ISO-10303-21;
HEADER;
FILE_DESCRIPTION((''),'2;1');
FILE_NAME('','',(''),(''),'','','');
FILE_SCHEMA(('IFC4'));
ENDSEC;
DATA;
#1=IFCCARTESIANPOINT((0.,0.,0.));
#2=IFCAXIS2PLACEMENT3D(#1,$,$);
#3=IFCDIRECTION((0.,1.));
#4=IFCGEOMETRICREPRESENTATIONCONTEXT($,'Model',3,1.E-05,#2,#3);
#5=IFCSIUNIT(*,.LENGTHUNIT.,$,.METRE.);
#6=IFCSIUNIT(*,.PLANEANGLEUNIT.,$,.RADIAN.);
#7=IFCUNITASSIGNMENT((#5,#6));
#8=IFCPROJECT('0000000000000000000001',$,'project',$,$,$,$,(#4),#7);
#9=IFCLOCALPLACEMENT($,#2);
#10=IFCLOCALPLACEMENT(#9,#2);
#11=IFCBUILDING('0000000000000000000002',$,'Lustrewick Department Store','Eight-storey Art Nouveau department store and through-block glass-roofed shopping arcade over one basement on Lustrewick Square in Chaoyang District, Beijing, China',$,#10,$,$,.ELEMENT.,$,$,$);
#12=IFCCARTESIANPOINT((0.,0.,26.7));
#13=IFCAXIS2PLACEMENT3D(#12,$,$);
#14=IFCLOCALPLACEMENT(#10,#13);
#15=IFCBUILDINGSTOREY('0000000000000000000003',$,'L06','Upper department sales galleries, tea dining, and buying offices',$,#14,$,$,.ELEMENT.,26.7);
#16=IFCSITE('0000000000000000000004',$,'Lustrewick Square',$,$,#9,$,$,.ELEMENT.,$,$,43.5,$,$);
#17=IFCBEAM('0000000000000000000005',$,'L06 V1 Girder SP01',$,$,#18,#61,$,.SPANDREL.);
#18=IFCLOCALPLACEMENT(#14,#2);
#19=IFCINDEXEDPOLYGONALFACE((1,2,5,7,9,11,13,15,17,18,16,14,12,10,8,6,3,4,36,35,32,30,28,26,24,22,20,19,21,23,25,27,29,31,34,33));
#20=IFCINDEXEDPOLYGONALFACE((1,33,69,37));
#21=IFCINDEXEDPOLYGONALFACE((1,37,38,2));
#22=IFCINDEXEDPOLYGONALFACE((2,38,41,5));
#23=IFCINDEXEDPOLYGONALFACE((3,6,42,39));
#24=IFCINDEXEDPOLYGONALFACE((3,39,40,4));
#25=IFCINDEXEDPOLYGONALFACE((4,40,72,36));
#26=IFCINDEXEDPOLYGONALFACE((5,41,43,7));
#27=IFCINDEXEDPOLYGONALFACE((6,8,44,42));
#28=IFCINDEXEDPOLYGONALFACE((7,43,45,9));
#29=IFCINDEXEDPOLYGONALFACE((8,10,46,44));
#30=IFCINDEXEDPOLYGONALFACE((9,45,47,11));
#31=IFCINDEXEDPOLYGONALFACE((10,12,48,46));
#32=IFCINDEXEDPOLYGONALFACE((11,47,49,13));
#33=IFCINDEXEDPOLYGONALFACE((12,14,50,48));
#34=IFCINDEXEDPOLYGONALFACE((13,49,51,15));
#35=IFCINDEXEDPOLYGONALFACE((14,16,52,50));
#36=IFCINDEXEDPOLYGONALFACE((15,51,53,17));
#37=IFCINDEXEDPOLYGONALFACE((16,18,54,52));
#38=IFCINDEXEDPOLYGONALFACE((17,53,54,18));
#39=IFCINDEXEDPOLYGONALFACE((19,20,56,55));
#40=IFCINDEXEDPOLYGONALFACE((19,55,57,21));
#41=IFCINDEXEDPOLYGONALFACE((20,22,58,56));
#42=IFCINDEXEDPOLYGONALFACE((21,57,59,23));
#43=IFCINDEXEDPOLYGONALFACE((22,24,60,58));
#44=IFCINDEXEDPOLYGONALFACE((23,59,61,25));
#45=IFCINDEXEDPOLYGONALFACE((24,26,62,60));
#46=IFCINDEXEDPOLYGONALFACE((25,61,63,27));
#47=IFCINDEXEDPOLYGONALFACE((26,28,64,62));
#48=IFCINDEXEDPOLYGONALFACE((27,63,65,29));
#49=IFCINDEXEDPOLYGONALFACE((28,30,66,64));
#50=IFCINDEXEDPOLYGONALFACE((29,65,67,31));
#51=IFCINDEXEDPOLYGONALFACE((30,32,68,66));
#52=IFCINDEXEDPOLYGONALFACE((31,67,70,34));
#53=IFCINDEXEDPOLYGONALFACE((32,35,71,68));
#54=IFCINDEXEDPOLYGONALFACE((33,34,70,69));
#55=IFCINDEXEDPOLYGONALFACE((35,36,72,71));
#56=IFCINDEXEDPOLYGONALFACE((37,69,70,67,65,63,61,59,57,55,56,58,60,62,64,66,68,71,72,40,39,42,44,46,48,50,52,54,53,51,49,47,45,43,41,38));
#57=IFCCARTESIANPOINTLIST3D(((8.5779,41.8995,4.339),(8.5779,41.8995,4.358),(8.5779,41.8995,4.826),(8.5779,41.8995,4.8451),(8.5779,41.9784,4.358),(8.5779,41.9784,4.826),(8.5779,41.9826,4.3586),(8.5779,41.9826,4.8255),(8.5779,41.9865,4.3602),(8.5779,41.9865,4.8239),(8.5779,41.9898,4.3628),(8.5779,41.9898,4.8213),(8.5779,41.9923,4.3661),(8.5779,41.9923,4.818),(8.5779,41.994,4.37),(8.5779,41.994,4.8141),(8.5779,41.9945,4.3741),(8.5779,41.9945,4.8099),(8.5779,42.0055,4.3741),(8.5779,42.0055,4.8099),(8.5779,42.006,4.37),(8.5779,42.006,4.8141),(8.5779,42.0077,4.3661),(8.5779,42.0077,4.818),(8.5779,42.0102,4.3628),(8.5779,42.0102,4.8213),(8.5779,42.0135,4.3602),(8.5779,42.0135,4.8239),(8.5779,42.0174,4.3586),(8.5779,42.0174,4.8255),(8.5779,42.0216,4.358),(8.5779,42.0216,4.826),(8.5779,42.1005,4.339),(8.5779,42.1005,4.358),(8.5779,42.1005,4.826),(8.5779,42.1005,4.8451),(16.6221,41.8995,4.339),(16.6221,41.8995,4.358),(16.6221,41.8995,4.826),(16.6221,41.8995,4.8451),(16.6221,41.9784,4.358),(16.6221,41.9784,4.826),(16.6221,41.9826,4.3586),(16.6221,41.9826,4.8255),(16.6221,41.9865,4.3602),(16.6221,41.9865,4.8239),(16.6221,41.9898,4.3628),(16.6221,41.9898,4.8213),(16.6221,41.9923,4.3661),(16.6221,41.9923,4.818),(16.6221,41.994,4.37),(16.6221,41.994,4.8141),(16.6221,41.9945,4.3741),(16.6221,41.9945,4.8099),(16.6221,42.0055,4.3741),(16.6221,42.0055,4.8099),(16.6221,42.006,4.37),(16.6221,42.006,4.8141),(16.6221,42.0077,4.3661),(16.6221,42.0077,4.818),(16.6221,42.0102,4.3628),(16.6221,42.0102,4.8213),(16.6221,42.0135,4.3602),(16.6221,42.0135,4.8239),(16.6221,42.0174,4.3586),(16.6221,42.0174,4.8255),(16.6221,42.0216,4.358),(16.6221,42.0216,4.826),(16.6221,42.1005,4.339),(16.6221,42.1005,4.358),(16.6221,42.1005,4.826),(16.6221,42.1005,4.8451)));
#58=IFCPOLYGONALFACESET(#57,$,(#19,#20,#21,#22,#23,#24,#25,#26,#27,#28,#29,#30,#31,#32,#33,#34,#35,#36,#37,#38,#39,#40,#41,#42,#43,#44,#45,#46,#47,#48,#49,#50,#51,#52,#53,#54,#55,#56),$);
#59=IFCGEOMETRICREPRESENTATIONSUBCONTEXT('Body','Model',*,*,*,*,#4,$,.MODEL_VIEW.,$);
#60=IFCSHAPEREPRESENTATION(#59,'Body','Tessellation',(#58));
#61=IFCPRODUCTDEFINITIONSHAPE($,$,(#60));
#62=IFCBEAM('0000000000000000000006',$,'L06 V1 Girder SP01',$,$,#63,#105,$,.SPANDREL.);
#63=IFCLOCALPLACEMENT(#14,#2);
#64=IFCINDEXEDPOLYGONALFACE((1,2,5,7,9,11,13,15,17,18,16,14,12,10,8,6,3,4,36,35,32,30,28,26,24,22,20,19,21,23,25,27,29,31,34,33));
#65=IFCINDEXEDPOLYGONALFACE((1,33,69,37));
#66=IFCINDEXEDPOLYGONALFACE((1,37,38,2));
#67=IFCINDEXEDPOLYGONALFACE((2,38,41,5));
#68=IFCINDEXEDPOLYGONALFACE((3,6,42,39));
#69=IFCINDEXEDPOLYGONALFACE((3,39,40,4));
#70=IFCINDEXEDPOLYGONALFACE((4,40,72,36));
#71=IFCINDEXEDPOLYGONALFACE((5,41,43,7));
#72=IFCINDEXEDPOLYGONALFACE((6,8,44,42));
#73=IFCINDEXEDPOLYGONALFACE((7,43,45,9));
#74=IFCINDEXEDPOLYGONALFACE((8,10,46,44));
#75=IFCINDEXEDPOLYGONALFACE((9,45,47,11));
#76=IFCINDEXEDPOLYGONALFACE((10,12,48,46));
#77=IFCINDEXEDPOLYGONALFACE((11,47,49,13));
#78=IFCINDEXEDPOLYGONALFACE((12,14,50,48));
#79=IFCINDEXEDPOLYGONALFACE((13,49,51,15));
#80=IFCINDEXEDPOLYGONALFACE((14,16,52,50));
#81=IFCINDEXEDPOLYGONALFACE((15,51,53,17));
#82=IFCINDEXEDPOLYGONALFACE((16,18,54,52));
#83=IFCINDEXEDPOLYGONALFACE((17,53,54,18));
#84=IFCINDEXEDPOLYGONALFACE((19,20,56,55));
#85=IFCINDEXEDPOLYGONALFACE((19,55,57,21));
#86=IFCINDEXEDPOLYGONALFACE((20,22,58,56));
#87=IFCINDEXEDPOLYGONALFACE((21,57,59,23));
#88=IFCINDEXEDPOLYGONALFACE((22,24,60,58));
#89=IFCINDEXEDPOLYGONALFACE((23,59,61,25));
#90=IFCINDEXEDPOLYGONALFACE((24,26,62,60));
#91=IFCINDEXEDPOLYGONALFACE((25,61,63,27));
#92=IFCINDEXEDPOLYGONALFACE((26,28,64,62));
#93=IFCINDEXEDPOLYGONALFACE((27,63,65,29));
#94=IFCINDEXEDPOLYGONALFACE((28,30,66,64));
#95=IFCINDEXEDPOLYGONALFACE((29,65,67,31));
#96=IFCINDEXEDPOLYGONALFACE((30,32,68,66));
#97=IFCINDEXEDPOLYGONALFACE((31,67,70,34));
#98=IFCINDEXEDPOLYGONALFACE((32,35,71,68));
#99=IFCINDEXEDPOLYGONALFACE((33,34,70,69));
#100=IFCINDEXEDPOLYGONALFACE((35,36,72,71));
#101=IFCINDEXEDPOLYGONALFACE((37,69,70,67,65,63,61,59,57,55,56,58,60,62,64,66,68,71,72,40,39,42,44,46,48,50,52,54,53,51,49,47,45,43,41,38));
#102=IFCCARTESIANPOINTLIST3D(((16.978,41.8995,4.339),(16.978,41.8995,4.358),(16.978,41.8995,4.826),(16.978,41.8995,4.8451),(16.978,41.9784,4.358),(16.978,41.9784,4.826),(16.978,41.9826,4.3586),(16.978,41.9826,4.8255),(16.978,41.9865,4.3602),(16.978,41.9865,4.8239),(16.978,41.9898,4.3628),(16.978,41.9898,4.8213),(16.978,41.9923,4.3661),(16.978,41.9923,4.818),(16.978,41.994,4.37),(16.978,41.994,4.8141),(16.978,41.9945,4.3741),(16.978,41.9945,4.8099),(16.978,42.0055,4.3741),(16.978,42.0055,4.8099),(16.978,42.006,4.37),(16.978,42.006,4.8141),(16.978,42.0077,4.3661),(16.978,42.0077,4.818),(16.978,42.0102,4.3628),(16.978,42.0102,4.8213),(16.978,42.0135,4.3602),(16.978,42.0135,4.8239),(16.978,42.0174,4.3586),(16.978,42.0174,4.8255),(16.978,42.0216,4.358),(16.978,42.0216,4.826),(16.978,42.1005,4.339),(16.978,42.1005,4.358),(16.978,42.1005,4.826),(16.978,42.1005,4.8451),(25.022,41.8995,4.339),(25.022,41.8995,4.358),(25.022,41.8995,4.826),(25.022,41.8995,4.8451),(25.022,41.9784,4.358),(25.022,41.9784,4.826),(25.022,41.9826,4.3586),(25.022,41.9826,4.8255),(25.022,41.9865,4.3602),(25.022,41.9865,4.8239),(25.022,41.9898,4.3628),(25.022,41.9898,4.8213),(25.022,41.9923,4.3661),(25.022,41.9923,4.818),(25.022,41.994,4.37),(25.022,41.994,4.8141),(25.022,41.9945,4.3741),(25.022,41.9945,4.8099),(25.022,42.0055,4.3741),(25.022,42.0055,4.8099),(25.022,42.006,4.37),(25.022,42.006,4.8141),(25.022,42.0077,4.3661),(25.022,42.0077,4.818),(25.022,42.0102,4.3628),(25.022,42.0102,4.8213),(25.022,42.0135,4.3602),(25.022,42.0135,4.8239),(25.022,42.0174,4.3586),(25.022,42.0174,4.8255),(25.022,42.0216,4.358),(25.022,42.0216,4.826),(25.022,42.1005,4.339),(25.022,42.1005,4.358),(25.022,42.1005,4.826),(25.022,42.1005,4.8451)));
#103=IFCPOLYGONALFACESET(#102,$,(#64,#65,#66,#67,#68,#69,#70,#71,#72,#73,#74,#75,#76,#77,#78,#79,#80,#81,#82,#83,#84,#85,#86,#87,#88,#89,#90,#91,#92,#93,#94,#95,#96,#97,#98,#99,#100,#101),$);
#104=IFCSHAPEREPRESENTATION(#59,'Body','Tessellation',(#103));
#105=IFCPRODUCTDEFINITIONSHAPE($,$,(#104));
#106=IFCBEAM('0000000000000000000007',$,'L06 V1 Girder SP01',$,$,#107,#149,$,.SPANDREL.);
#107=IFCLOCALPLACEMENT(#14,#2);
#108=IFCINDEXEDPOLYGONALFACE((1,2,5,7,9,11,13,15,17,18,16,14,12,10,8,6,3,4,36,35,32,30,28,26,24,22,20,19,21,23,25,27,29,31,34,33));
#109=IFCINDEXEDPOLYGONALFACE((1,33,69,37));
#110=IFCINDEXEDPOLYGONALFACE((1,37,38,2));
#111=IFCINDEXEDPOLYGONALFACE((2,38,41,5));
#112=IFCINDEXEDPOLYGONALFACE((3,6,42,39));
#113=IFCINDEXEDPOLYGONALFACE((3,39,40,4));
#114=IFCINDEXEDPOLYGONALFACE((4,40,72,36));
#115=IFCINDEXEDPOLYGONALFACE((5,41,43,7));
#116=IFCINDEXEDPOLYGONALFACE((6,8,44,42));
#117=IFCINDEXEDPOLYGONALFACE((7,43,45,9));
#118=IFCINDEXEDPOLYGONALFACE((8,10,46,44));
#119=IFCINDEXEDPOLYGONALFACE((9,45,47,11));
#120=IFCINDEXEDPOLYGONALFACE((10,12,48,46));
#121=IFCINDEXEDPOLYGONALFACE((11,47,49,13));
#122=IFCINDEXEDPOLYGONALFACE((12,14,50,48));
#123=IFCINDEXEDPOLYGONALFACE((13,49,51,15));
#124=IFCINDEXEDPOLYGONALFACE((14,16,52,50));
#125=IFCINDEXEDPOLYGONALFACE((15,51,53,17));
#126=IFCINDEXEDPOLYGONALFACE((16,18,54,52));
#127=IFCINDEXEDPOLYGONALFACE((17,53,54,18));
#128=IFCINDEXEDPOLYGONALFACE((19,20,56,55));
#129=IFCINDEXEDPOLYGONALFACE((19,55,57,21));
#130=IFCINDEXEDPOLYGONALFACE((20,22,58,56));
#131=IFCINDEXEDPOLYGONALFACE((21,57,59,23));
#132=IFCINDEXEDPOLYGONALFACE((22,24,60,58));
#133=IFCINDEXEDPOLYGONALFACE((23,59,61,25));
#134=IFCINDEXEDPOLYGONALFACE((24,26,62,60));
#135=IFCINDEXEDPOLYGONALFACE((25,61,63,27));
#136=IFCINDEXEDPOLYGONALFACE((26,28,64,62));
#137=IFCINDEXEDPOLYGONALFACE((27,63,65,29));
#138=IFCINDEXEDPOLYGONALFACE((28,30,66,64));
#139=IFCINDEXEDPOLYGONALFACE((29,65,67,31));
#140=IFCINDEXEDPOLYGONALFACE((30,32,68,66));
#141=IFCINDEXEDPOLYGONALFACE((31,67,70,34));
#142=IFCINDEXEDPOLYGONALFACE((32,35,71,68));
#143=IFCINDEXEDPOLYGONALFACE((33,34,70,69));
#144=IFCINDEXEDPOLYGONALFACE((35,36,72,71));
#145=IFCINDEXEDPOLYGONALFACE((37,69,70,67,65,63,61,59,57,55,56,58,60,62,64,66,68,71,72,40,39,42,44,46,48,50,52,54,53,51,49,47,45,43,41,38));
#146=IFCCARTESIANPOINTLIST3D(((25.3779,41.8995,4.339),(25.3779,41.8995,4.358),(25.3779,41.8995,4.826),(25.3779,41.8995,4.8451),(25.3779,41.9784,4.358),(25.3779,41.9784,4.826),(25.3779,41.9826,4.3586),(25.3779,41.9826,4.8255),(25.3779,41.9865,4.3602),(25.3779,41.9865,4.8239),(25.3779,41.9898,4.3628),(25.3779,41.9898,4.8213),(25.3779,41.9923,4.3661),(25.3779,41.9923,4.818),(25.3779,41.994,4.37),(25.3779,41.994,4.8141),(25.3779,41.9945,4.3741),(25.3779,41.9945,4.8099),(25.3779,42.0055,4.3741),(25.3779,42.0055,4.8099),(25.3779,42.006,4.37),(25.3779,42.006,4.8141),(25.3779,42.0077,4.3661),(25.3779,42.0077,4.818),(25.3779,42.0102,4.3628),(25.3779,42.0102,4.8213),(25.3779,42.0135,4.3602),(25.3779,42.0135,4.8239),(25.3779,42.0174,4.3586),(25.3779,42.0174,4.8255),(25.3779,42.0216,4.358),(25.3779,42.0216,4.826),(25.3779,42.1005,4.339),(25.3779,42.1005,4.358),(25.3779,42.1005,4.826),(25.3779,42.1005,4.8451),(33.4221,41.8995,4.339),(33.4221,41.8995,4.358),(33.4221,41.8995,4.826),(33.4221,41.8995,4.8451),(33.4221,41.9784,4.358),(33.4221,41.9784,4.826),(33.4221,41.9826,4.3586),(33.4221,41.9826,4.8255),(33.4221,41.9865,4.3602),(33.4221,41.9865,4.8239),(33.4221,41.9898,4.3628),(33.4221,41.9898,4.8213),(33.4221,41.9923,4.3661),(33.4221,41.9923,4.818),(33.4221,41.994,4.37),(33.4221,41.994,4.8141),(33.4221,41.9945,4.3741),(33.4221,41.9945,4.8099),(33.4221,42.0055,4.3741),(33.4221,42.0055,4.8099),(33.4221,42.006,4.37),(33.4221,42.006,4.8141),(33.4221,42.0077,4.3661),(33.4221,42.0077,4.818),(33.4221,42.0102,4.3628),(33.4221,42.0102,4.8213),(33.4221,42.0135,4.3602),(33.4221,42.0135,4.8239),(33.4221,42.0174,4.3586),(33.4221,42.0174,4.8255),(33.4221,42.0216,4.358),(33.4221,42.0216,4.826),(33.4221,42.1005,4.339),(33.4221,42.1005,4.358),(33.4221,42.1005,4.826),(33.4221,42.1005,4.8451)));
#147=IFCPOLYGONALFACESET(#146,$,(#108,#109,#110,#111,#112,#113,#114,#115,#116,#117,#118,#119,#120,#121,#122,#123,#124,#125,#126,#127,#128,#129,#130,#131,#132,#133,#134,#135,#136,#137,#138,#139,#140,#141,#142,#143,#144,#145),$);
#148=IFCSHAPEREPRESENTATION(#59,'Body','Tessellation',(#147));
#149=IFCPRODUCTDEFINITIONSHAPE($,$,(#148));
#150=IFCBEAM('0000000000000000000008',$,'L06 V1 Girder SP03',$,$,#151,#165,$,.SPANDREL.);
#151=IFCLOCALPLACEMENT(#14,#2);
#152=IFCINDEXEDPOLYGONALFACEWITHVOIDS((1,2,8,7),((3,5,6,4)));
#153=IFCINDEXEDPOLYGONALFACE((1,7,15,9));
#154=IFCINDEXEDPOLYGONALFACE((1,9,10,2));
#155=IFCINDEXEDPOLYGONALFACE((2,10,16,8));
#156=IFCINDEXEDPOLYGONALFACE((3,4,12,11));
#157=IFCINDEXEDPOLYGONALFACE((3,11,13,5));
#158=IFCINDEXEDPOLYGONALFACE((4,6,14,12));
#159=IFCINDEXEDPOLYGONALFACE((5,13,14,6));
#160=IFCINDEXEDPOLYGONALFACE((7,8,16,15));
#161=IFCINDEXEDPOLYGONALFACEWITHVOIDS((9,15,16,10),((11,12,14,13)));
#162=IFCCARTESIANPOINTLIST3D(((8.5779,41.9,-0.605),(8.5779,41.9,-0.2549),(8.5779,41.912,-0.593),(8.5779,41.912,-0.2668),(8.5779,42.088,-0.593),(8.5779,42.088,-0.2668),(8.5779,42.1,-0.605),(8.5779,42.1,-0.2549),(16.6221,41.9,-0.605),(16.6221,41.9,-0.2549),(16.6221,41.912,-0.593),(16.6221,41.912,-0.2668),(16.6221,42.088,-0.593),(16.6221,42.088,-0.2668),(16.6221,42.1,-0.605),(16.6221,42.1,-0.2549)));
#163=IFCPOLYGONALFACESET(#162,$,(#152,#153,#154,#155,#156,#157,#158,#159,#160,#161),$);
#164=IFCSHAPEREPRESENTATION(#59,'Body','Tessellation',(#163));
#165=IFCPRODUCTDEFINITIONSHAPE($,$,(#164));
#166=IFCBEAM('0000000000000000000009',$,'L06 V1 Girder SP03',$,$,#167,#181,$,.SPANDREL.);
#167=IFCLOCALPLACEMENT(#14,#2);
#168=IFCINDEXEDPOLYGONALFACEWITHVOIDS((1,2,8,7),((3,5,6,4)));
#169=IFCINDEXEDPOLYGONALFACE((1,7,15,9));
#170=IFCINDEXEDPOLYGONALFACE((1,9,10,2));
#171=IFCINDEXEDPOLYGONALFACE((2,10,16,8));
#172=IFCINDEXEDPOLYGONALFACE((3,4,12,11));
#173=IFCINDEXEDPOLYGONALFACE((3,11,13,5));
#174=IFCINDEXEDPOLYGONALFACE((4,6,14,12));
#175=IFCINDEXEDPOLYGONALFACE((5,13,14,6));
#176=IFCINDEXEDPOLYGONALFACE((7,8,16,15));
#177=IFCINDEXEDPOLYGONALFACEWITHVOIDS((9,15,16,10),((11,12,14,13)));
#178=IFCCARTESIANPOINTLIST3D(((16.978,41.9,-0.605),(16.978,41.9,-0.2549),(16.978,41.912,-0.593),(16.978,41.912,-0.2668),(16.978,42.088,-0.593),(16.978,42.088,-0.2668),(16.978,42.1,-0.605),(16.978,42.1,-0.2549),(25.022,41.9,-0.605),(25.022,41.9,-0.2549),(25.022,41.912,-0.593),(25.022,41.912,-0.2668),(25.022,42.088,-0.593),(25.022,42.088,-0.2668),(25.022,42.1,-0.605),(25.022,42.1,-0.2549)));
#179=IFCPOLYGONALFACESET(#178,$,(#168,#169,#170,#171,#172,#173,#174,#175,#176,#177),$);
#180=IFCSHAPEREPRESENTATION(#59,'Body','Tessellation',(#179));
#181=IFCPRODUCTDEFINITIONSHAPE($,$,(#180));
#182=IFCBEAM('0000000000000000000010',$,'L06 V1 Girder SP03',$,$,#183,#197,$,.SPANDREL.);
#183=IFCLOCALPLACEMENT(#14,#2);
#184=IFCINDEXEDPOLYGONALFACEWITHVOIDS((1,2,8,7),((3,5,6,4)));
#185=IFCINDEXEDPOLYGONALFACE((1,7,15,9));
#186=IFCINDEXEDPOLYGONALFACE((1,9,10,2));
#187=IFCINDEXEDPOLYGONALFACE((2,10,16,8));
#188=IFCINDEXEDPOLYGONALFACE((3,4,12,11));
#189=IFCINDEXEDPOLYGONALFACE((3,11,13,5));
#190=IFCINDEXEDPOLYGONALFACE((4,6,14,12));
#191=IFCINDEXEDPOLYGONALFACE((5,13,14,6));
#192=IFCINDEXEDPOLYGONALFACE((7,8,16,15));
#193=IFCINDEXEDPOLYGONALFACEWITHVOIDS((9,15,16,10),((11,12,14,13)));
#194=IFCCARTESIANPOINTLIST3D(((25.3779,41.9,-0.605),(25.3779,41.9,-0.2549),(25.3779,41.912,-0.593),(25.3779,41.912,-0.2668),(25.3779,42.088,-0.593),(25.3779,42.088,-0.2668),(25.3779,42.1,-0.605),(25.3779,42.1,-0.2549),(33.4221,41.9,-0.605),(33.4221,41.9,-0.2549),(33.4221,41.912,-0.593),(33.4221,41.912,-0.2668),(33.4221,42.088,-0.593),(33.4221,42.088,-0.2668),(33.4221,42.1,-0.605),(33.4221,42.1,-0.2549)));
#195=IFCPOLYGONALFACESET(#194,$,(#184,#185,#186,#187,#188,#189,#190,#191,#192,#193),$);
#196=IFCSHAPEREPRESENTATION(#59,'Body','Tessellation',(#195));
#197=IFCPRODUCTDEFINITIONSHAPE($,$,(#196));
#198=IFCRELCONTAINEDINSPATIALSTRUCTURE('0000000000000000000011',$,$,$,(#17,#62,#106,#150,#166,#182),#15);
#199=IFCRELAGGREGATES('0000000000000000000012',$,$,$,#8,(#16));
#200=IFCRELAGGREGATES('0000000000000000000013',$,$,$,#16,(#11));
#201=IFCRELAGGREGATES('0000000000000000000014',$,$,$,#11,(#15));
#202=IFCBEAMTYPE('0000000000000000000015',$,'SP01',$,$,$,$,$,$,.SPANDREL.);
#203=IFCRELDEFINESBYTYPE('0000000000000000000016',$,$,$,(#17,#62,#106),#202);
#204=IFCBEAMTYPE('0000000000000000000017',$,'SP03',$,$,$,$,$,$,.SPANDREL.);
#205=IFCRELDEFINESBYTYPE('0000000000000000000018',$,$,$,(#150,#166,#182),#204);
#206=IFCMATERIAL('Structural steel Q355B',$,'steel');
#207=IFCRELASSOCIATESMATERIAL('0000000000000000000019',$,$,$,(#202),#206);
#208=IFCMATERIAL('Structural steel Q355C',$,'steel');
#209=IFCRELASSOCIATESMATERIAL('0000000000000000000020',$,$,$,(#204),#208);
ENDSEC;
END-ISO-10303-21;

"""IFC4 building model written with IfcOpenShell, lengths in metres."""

from ifc_helpers import new_model, si_unit, direction, frame, origin, origin_2d, place, context, subcontext, project, spatial, hollow_rectangle, i_section, extrude, material, material_profile, profile_set, type_object, element, save


model = new_model("IFC4")

# Units and contexts
model_context = context("Model", 3, precision=1e-05, world=origin(), true_north=direction((0.0, 1.0)))
body_context = subcontext(model_context, "Body", "Model", "MODEL_VIEW")
ifc_project = project(units=[si_unit("LENGTHUNIT", "METRE"), si_unit("PLANEANGLEUNIT", "RADIAN")], contexts=[model_context])

# Site, building, storey
site_placement = place(None, origin())
site = spatial("IfcSite", under=ifc_project, at=site_placement, Name="Lustrewick Square", CompositionType="ELEMENT", RefElevation=43.5)
building_placement = place(site_placement, origin())
building = spatial("IfcBuilding", under=site, at=building_placement, Name="Lustrewick Department Store", Description="Eight-storey Art Nouveau department store and through-block glass-roofed shopping arcade over one basement on Lustrewick Square in Chaoyang District, Beijing, China", CompositionType="ELEMENT")
storey_placement = place(building_placement, frame((0.0, 0.0, 26.7)))
storey = spatial("IfcBuildingStorey", under=building, at=storey_placement, Name="L06", Description="Upper department sales galleries, tea dining, and buying offices", CompositionType="ELEMENT", Elevation=26.7)

# Shared definitions
ifc_material_1 = material(Name="Structural steel Q355B", Category="steel")

# Beams
ifc_material_profile_1 = material_profile(ifc_material_1, i_section(OverallWidth=0.2009, OverallDepth=0.5061, WebThickness=0.011, FlangeThickness=0.019, FilletRadius=0.0161, at=origin_2d()), Name="HN 506x201x11x19")
ifc_profile_set_1 = profile_set([ifc_material_profile_1], Name="Structural steel Q355B")
beam_type_1 = type_object("IfcBeamType", Name="SP01", PredefinedType="SPANDREL", material=ifc_profile_set_1)
beam_1_placement = place(storey_placement, frame((8.5779, 42.0, 4.592), z_axis=(1.0, 0.0, 0.0), x_axis=(0.0, 1.0, 0.0)))
element("IfcBeam", 1, at=beam_1_placement, inside=storey, type_object=beam_type_1, Name="L06 V1 Girder SP01", PredefinedType="SPANDREL", context=body_context, shape_type="SweptSolid", body=[
    extrude(i_section(OverallWidth=0.2009, OverallDepth=0.5061, WebThickness=0.011, FlangeThickness=0.019, FilletRadius=0.0161, at=origin_2d()), origin(), (0.0, 0.0, 1.0), 8.0442),
])
beam_2_placement = place(storey_placement, frame((16.978, 42.0, 4.592), z_axis=(1.0, 0.0, 0.0), x_axis=(0.0, 1.0, 0.0)))
element("IfcBeam", 2, at=beam_2_placement, inside=storey, type_object=beam_type_1, Name="L06 V1 Girder SP01", PredefinedType="SPANDREL", context=body_context, shape_type="SweptSolid", body=[
    extrude(i_section(OverallWidth=0.2009, OverallDepth=0.5061, WebThickness=0.011, FlangeThickness=0.019, FilletRadius=0.0161, at=origin_2d()), origin(), (0.0, 0.0, 1.0), 8.0439),
])
beam_3_placement = place(storey_placement, frame((25.3779, 42.0, 4.592), z_axis=(1.0, 0.0, 0.0), x_axis=(0.0, 1.0, 0.0)))
element("IfcBeam", 3, at=beam_3_placement, inside=storey, type_object=beam_type_1, Name="L06 V1 Girder SP01", PredefinedType="SPANDREL", context=body_context, shape_type="SweptSolid", body=[
    extrude(i_section(OverallWidth=0.2009, OverallDepth=0.5061, WebThickness=0.011, FlangeThickness=0.019, FilletRadius=0.0161, at=origin_2d()), origin(), (0.0, 0.0, 1.0), 8.0442),
])
ifc_material_2 = material(Name="Structural steel Q355C", Category="steel")
ifc_material_profile_2 = material_profile(ifc_material_2, hollow_rectangle(XDim=0.2, YDim=0.3501, WallThickness=0.012, at=origin_2d()), Name="RHS 350x200x12")
ifc_profile_set_2 = profile_set([ifc_material_profile_2], Name="Structural steel Q355C")
beam_type_2 = type_object("IfcBeamType", Name="SP03", PredefinedType="SPANDREL", material=ifc_profile_set_2)
beam_4_placement = place(storey_placement, frame((8.5779, 42.0, -0.4299), z_axis=(1.0, 0.0, 0.0), x_axis=(0.0, 1.0, 0.0)))
element("IfcBeam", 4, at=beam_4_placement, inside=storey, type_object=beam_type_2, Name="L06 V1 Girder SP03", PredefinedType="SPANDREL", context=body_context, shape_type="SweptSolid", body=[
    extrude(hollow_rectangle(XDim=0.2, YDim=0.3501, WallThickness=0.012, at=origin_2d()), origin(), (0.0, 0.0, 1.0), 8.0442),
])
beam_5_placement = place(storey_placement, frame((16.978, 42.0, -0.4299), z_axis=(1.0, 0.0, 0.0), x_axis=(0.0, 1.0, 0.0)))
element("IfcBeam", 5, at=beam_5_placement, inside=storey, type_object=beam_type_2, Name="L06 V1 Girder SP03", PredefinedType="SPANDREL", context=body_context, shape_type="SweptSolid", body=[
    extrude(hollow_rectangle(XDim=0.2, YDim=0.3501, WallThickness=0.012, at=origin_2d()), origin(), (0.0, 0.0, 1.0), 8.0439),
])
beam_6_placement = place(storey_placement, frame((25.3779, 42.0, -0.4299), z_axis=(1.0, 0.0, 0.0), x_axis=(0.0, 1.0, 0.0)))
element("IfcBeam", 6, at=beam_6_placement, inside=storey, type_object=beam_type_2, Name="L06 V1 Girder SP03", PredefinedType="SPANDREL", context=body_context, shape_type="SweptSolid", body=[
    extrude(hollow_rectangle(XDim=0.2, YDim=0.3501, WallThickness=0.012, at=origin_2d()), origin(), (0.0, 0.0, 1.0), 8.0442),
])

save(model, "model.ifc")
